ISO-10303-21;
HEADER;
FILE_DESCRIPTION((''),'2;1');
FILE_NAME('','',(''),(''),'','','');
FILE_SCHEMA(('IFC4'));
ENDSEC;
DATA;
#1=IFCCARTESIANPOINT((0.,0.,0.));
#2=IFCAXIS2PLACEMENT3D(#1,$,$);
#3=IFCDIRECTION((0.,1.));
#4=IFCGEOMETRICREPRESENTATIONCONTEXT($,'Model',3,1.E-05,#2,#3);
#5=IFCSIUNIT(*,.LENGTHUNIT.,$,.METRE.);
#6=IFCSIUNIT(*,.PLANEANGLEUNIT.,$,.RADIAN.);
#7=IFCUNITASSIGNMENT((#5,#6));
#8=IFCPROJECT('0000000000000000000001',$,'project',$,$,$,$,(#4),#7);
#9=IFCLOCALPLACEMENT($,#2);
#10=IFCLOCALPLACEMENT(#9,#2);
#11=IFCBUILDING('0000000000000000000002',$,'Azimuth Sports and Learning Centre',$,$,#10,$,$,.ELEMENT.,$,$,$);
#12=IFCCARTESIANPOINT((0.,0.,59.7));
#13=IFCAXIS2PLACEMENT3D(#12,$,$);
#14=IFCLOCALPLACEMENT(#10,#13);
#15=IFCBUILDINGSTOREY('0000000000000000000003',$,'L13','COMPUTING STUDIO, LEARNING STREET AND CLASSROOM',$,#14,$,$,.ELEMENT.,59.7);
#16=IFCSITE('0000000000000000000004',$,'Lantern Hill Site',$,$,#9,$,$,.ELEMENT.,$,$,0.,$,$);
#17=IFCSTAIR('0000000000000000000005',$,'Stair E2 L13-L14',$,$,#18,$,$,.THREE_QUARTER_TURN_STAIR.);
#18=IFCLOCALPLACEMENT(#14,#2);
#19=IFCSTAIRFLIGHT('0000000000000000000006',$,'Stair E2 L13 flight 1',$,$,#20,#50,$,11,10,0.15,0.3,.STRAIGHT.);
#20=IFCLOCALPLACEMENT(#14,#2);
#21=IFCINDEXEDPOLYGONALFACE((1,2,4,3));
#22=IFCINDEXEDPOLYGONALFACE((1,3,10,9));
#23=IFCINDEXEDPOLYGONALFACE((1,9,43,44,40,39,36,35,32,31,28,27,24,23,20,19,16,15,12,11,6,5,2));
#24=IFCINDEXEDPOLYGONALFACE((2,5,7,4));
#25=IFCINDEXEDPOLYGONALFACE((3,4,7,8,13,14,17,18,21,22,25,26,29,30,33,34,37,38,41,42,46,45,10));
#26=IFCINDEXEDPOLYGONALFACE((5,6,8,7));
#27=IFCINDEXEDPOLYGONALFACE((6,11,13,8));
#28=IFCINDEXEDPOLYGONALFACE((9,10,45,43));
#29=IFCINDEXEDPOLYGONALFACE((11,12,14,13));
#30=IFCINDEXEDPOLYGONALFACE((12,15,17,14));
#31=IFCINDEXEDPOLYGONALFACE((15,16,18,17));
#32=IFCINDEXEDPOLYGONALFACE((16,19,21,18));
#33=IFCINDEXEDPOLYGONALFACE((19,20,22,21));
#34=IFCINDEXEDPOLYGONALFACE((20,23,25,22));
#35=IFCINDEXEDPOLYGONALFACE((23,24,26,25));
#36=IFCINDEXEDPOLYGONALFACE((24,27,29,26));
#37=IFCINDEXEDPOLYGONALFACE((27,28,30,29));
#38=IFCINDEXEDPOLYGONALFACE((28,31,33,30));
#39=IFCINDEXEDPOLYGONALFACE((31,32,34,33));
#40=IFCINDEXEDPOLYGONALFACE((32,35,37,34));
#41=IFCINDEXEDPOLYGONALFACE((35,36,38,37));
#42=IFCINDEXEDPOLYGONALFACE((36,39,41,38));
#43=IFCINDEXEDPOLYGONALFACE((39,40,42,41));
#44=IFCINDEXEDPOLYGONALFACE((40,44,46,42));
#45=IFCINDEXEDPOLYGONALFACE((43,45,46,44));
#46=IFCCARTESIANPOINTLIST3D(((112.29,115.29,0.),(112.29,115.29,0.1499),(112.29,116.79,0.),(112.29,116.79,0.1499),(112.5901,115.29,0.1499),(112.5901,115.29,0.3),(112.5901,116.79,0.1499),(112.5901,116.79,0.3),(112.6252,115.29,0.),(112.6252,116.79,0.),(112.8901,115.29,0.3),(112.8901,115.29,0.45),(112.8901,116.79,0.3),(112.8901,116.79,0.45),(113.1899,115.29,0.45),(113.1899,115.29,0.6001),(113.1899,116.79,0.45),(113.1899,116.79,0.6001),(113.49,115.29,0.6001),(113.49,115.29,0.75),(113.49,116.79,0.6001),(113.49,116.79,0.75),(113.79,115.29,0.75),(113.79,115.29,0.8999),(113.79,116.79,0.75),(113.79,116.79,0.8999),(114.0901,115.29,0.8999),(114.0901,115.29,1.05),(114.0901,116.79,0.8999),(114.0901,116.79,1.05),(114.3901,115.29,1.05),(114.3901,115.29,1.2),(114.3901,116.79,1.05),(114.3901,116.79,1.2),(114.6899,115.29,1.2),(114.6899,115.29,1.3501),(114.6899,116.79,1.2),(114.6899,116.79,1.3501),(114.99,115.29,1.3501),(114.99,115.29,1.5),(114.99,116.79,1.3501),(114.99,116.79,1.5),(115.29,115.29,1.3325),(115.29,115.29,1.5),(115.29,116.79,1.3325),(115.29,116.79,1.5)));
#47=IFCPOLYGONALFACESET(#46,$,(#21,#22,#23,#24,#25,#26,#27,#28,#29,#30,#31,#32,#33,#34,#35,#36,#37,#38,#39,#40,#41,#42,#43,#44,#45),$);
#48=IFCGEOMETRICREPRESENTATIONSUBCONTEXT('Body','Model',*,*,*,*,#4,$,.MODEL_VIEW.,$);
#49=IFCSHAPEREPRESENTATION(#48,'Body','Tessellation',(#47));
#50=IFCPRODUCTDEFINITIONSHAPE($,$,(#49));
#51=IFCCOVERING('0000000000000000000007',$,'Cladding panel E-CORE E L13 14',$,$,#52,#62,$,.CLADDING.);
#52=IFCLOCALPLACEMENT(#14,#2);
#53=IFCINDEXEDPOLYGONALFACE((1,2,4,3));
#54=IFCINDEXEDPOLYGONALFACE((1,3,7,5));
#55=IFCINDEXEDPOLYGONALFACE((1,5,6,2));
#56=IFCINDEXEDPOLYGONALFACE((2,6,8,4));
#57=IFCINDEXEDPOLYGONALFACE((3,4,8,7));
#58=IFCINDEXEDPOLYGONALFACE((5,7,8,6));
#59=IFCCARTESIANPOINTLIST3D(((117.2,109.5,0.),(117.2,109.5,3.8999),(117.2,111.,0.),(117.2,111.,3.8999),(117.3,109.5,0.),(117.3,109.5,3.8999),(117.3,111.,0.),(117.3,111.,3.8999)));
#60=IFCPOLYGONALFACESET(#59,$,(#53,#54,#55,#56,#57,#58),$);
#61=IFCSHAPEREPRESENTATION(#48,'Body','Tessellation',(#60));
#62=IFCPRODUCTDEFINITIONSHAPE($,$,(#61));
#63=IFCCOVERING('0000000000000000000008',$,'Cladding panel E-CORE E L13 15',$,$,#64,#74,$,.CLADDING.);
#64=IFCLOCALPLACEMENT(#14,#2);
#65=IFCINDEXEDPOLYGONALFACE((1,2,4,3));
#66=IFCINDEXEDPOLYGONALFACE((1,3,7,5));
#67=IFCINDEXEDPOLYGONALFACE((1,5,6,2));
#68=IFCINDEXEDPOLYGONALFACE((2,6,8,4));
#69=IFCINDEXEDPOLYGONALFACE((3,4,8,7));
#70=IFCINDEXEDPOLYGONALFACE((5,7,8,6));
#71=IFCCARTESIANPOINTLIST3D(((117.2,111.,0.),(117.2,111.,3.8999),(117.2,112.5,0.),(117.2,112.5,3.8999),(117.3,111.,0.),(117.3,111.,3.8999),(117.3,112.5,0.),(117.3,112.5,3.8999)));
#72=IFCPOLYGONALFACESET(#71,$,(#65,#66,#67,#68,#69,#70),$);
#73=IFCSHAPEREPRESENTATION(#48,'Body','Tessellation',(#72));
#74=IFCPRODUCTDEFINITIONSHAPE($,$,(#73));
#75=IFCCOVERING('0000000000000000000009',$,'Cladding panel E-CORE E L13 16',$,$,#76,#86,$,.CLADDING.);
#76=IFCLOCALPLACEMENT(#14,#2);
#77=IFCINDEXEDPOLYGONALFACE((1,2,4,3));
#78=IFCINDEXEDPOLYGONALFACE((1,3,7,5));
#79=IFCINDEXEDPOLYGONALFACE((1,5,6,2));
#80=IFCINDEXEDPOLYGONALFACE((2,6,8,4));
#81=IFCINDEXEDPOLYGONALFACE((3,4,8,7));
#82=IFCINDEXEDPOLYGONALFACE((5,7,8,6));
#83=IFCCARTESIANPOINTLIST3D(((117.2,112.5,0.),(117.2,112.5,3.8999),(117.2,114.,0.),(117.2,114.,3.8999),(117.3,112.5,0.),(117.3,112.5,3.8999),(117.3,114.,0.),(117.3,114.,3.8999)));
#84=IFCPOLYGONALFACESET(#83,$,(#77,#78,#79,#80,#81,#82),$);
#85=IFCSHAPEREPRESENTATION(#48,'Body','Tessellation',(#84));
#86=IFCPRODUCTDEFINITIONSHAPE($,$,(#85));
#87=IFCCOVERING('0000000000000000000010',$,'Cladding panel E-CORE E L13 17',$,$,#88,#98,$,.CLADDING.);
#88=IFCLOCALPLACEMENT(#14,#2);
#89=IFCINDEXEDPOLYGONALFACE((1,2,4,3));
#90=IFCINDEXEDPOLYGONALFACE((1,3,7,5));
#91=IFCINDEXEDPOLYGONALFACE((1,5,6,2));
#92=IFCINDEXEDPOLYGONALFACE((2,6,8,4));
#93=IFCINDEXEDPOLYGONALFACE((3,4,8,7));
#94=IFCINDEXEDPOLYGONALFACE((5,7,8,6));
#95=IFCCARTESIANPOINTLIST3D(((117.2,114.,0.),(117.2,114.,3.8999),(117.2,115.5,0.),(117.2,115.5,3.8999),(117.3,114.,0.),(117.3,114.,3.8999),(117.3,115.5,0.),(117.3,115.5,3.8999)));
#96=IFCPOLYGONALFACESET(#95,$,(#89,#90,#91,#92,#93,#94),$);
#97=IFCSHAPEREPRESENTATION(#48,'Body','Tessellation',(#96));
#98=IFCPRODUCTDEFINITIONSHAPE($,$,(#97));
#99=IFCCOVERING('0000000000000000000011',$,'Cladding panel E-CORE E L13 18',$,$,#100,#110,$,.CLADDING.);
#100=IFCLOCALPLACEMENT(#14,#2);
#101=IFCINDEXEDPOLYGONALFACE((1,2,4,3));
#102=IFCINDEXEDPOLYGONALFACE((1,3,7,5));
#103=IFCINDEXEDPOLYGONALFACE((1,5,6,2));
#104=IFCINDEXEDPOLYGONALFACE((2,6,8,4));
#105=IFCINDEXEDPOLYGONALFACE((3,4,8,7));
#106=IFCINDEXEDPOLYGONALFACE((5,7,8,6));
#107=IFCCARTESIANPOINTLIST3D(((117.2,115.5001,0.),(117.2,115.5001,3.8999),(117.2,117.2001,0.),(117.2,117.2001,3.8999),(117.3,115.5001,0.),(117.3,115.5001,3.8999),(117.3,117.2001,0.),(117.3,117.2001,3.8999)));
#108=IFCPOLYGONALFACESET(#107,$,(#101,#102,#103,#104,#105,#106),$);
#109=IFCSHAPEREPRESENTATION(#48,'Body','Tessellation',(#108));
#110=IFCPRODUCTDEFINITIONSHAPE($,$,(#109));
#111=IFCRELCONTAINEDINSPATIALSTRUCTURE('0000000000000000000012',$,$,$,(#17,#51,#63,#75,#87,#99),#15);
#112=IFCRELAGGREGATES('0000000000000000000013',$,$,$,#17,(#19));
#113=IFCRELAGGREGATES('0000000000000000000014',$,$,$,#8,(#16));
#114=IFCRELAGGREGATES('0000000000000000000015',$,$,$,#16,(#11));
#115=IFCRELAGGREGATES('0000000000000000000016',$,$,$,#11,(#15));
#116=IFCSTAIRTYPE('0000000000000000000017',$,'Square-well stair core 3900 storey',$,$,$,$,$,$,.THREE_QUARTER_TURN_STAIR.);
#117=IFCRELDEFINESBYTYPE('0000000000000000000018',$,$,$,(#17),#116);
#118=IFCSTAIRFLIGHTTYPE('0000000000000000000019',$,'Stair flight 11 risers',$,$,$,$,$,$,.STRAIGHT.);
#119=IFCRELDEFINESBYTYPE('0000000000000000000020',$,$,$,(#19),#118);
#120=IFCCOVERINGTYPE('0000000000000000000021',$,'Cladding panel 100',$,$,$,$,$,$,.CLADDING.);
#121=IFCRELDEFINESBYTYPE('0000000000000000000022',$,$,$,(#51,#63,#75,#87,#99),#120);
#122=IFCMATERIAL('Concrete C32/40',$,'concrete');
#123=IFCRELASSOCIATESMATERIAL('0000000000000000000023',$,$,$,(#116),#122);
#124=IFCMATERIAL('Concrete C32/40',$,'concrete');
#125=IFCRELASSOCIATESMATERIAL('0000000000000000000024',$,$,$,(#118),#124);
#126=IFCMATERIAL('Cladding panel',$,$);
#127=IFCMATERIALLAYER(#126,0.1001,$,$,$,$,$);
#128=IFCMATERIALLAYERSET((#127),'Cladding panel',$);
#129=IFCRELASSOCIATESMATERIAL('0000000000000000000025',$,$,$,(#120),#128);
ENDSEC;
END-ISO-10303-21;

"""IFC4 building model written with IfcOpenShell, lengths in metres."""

from ifc_helpers import new_model, si_unit, direction, frame, origin, origin_2d, place, context, subcontext, project, spatial, polyline, rectangle, outline, extrude, material, layer, layer_set, type_object, element, aggregate, save


model = new_model("IFC4")

# Units and contexts
model_context = context("Model", 3, precision=1e-05, world=origin(), true_north=direction((0.0, 1.0)))
body_context = subcontext(model_context, "Body", "Model", "MODEL_VIEW")
ifc_project = project(units=[si_unit("LENGTHUNIT", "METRE"), si_unit("PLANEANGLEUNIT", "RADIAN")], contexts=[model_context])

# Site, building, storey
site_placement = place(None, origin())
site = spatial("IfcSite", under=ifc_project, at=site_placement, Name="Lantern Hill Site", CompositionType="ELEMENT", RefElevation=0.0)
building_placement = place(site_placement, origin())
building = spatial("IfcBuilding", under=site, at=building_placement, Name="Azimuth Sports and Learning Centre", CompositionType="ELEMENT")
storey_placement = place(building_placement, frame((0.0, 0.0, 59.7)))
storey = spatial("IfcBuildingStorey", under=building, at=storey_placement, Name="L13", Description="COMPUTING STUDIO, LEARNING STREET AND CLASSROOM", CompositionType="ELEMENT", Elevation=59.7)

# Stair, stair flight
ifc_material_1 = material(Name="Concrete C32/40", Category="concrete")
stair_type = type_object("IfcStairType", Name="Square-well stair core 3900 storey", PredefinedType="THREE_QUARTER_TURN_STAIR", material=ifc_material_1)
stair_placement = place(storey_placement, origin())
stair = element("IfcStair", 1, at=stair_placement, inside=storey, type_object=stair_type, Name="Stair E2 L13-L14", PredefinedType="THREE_QUARTER_TURN_STAIR")
ifc_material_2 = material(Name="Concrete C32/40", Category="concrete")
stair_flight_type = type_object("IfcStairFlightType", Name="Stair flight 11 risers", PredefinedType="STRAIGHT", material=ifc_material_2)
stair_flight_placement = place(storey_placement, frame((112.29, 116.04, 0.0), z_axis=(0.0, 0.0, 1.0), x_axis=(1.0, 0.0, 0.0)))
stair_flight = element("IfcStairFlight", 2, at=stair_flight_placement, type_object=stair_flight_type, Name="Stair E2 L13 flight 1", NumberOfRisers=11, NumberOfTreads=10, PredefinedType="STRAIGHT", RiserHeight=0.15, TreadLength=0.3, context=body_context, shape_type="SweptSolid", body=[
    extrude(outline(polyline([(0.0, 0.0), (0.0, 0.1499), (0.3, 0.1499), (0.3, 0.3), (0.6001, 0.3), (0.6001, 0.45), (0.8999, 0.45), (0.8999, 0.6001), (1.2, 0.6001), (1.2, 0.75), (1.5, 0.75), (1.5, 0.8999), (1.8, 0.8999), (1.8, 1.05), (2.1001, 1.05), (2.1001, 1.2), (2.3999, 1.2), (2.3999, 1.3501), (2.7, 1.3501), (2.7, 1.5), (3.0, 1.5), (3.0, 1.6499), (3.0, 1.3325), (0.3352, 0.0), (0.0, 0.0)])), frame((0.0, 0.75, 0.0), z_axis=(0.0, -1.0, 0.0), x_axis=(1.0, 0.0, 0.0)), (0.0, 0.0, 1.0), 1.5),
])
aggregate(stair, [stair_flight])

# Coverings
ifc_material_3 = material(Name="Cladding panel")
ifc_layer_1 = layer(ifc_material_3, 0.1001)
ifc_layer_set_1 = layer_set([ifc_layer_1], Name="Cladding panel")
covering_type = type_object("IfcCoveringType", Name="Cladding panel 100", PredefinedType="CLADDING", material=ifc_layer_set_1)
for number, where, z_axis, x_axis, name in (
    (3, (117.25, 110.25, 0.0), (0.0, 0.0, 1.0), (0.0, 1.0, 0.0), "Cladding panel E-CORE E L13 14"),
    (4, (117.25, 111.75, 0.0), (0.0, 0.0, 1.0), (0.0, 1.0, 0.0), "Cladding panel E-CORE E L13 15"),
    (5, (117.25, 113.25, 0.0), (0.0, 0.0, 1.0), (0.0, 1.0, 0.0), "Cladding panel E-CORE E L13 16"),
    (6, (117.25, 114.75, 0.0), (0.0, 0.0, 1.0), (0.0, 1.0, 0.0), "Cladding panel E-CORE E L13 17"),
):
    element("IfcCovering", number, at=place(storey_placement, frame(where, z_axis=z_axis, x_axis=x_axis)), inside=storey, type_object=covering_type, Name=name, PredefinedType="CLADDING", context=body_context, shape_type="SweptSolid", body=[
        extrude(rectangle(XDim=1.5, YDim=0.1001, at=origin_2d()), origin(), (0.0, 0.0, 1.0), 3.8999),
    ])
covering_placement = place(storey_placement, frame((117.25, 116.3501, 0.0), z_axis=(0.0, 0.0, 1.0), x_axis=(0.0, 1.0, 0.0)))
element("IfcCovering", 7, at=covering_placement, inside=storey, type_object=covering_type, Name="Cladding panel E-CORE E L13 18", PredefinedType="CLADDING", context=body_context, shape_type="SweptSolid", body=[
    extrude(rectangle(XDim=1.7, YDim=0.1001, at=origin_2d()), origin(), (0.0, 0.0, 1.0), 3.8999),
])

save(model, "model.ifc")
